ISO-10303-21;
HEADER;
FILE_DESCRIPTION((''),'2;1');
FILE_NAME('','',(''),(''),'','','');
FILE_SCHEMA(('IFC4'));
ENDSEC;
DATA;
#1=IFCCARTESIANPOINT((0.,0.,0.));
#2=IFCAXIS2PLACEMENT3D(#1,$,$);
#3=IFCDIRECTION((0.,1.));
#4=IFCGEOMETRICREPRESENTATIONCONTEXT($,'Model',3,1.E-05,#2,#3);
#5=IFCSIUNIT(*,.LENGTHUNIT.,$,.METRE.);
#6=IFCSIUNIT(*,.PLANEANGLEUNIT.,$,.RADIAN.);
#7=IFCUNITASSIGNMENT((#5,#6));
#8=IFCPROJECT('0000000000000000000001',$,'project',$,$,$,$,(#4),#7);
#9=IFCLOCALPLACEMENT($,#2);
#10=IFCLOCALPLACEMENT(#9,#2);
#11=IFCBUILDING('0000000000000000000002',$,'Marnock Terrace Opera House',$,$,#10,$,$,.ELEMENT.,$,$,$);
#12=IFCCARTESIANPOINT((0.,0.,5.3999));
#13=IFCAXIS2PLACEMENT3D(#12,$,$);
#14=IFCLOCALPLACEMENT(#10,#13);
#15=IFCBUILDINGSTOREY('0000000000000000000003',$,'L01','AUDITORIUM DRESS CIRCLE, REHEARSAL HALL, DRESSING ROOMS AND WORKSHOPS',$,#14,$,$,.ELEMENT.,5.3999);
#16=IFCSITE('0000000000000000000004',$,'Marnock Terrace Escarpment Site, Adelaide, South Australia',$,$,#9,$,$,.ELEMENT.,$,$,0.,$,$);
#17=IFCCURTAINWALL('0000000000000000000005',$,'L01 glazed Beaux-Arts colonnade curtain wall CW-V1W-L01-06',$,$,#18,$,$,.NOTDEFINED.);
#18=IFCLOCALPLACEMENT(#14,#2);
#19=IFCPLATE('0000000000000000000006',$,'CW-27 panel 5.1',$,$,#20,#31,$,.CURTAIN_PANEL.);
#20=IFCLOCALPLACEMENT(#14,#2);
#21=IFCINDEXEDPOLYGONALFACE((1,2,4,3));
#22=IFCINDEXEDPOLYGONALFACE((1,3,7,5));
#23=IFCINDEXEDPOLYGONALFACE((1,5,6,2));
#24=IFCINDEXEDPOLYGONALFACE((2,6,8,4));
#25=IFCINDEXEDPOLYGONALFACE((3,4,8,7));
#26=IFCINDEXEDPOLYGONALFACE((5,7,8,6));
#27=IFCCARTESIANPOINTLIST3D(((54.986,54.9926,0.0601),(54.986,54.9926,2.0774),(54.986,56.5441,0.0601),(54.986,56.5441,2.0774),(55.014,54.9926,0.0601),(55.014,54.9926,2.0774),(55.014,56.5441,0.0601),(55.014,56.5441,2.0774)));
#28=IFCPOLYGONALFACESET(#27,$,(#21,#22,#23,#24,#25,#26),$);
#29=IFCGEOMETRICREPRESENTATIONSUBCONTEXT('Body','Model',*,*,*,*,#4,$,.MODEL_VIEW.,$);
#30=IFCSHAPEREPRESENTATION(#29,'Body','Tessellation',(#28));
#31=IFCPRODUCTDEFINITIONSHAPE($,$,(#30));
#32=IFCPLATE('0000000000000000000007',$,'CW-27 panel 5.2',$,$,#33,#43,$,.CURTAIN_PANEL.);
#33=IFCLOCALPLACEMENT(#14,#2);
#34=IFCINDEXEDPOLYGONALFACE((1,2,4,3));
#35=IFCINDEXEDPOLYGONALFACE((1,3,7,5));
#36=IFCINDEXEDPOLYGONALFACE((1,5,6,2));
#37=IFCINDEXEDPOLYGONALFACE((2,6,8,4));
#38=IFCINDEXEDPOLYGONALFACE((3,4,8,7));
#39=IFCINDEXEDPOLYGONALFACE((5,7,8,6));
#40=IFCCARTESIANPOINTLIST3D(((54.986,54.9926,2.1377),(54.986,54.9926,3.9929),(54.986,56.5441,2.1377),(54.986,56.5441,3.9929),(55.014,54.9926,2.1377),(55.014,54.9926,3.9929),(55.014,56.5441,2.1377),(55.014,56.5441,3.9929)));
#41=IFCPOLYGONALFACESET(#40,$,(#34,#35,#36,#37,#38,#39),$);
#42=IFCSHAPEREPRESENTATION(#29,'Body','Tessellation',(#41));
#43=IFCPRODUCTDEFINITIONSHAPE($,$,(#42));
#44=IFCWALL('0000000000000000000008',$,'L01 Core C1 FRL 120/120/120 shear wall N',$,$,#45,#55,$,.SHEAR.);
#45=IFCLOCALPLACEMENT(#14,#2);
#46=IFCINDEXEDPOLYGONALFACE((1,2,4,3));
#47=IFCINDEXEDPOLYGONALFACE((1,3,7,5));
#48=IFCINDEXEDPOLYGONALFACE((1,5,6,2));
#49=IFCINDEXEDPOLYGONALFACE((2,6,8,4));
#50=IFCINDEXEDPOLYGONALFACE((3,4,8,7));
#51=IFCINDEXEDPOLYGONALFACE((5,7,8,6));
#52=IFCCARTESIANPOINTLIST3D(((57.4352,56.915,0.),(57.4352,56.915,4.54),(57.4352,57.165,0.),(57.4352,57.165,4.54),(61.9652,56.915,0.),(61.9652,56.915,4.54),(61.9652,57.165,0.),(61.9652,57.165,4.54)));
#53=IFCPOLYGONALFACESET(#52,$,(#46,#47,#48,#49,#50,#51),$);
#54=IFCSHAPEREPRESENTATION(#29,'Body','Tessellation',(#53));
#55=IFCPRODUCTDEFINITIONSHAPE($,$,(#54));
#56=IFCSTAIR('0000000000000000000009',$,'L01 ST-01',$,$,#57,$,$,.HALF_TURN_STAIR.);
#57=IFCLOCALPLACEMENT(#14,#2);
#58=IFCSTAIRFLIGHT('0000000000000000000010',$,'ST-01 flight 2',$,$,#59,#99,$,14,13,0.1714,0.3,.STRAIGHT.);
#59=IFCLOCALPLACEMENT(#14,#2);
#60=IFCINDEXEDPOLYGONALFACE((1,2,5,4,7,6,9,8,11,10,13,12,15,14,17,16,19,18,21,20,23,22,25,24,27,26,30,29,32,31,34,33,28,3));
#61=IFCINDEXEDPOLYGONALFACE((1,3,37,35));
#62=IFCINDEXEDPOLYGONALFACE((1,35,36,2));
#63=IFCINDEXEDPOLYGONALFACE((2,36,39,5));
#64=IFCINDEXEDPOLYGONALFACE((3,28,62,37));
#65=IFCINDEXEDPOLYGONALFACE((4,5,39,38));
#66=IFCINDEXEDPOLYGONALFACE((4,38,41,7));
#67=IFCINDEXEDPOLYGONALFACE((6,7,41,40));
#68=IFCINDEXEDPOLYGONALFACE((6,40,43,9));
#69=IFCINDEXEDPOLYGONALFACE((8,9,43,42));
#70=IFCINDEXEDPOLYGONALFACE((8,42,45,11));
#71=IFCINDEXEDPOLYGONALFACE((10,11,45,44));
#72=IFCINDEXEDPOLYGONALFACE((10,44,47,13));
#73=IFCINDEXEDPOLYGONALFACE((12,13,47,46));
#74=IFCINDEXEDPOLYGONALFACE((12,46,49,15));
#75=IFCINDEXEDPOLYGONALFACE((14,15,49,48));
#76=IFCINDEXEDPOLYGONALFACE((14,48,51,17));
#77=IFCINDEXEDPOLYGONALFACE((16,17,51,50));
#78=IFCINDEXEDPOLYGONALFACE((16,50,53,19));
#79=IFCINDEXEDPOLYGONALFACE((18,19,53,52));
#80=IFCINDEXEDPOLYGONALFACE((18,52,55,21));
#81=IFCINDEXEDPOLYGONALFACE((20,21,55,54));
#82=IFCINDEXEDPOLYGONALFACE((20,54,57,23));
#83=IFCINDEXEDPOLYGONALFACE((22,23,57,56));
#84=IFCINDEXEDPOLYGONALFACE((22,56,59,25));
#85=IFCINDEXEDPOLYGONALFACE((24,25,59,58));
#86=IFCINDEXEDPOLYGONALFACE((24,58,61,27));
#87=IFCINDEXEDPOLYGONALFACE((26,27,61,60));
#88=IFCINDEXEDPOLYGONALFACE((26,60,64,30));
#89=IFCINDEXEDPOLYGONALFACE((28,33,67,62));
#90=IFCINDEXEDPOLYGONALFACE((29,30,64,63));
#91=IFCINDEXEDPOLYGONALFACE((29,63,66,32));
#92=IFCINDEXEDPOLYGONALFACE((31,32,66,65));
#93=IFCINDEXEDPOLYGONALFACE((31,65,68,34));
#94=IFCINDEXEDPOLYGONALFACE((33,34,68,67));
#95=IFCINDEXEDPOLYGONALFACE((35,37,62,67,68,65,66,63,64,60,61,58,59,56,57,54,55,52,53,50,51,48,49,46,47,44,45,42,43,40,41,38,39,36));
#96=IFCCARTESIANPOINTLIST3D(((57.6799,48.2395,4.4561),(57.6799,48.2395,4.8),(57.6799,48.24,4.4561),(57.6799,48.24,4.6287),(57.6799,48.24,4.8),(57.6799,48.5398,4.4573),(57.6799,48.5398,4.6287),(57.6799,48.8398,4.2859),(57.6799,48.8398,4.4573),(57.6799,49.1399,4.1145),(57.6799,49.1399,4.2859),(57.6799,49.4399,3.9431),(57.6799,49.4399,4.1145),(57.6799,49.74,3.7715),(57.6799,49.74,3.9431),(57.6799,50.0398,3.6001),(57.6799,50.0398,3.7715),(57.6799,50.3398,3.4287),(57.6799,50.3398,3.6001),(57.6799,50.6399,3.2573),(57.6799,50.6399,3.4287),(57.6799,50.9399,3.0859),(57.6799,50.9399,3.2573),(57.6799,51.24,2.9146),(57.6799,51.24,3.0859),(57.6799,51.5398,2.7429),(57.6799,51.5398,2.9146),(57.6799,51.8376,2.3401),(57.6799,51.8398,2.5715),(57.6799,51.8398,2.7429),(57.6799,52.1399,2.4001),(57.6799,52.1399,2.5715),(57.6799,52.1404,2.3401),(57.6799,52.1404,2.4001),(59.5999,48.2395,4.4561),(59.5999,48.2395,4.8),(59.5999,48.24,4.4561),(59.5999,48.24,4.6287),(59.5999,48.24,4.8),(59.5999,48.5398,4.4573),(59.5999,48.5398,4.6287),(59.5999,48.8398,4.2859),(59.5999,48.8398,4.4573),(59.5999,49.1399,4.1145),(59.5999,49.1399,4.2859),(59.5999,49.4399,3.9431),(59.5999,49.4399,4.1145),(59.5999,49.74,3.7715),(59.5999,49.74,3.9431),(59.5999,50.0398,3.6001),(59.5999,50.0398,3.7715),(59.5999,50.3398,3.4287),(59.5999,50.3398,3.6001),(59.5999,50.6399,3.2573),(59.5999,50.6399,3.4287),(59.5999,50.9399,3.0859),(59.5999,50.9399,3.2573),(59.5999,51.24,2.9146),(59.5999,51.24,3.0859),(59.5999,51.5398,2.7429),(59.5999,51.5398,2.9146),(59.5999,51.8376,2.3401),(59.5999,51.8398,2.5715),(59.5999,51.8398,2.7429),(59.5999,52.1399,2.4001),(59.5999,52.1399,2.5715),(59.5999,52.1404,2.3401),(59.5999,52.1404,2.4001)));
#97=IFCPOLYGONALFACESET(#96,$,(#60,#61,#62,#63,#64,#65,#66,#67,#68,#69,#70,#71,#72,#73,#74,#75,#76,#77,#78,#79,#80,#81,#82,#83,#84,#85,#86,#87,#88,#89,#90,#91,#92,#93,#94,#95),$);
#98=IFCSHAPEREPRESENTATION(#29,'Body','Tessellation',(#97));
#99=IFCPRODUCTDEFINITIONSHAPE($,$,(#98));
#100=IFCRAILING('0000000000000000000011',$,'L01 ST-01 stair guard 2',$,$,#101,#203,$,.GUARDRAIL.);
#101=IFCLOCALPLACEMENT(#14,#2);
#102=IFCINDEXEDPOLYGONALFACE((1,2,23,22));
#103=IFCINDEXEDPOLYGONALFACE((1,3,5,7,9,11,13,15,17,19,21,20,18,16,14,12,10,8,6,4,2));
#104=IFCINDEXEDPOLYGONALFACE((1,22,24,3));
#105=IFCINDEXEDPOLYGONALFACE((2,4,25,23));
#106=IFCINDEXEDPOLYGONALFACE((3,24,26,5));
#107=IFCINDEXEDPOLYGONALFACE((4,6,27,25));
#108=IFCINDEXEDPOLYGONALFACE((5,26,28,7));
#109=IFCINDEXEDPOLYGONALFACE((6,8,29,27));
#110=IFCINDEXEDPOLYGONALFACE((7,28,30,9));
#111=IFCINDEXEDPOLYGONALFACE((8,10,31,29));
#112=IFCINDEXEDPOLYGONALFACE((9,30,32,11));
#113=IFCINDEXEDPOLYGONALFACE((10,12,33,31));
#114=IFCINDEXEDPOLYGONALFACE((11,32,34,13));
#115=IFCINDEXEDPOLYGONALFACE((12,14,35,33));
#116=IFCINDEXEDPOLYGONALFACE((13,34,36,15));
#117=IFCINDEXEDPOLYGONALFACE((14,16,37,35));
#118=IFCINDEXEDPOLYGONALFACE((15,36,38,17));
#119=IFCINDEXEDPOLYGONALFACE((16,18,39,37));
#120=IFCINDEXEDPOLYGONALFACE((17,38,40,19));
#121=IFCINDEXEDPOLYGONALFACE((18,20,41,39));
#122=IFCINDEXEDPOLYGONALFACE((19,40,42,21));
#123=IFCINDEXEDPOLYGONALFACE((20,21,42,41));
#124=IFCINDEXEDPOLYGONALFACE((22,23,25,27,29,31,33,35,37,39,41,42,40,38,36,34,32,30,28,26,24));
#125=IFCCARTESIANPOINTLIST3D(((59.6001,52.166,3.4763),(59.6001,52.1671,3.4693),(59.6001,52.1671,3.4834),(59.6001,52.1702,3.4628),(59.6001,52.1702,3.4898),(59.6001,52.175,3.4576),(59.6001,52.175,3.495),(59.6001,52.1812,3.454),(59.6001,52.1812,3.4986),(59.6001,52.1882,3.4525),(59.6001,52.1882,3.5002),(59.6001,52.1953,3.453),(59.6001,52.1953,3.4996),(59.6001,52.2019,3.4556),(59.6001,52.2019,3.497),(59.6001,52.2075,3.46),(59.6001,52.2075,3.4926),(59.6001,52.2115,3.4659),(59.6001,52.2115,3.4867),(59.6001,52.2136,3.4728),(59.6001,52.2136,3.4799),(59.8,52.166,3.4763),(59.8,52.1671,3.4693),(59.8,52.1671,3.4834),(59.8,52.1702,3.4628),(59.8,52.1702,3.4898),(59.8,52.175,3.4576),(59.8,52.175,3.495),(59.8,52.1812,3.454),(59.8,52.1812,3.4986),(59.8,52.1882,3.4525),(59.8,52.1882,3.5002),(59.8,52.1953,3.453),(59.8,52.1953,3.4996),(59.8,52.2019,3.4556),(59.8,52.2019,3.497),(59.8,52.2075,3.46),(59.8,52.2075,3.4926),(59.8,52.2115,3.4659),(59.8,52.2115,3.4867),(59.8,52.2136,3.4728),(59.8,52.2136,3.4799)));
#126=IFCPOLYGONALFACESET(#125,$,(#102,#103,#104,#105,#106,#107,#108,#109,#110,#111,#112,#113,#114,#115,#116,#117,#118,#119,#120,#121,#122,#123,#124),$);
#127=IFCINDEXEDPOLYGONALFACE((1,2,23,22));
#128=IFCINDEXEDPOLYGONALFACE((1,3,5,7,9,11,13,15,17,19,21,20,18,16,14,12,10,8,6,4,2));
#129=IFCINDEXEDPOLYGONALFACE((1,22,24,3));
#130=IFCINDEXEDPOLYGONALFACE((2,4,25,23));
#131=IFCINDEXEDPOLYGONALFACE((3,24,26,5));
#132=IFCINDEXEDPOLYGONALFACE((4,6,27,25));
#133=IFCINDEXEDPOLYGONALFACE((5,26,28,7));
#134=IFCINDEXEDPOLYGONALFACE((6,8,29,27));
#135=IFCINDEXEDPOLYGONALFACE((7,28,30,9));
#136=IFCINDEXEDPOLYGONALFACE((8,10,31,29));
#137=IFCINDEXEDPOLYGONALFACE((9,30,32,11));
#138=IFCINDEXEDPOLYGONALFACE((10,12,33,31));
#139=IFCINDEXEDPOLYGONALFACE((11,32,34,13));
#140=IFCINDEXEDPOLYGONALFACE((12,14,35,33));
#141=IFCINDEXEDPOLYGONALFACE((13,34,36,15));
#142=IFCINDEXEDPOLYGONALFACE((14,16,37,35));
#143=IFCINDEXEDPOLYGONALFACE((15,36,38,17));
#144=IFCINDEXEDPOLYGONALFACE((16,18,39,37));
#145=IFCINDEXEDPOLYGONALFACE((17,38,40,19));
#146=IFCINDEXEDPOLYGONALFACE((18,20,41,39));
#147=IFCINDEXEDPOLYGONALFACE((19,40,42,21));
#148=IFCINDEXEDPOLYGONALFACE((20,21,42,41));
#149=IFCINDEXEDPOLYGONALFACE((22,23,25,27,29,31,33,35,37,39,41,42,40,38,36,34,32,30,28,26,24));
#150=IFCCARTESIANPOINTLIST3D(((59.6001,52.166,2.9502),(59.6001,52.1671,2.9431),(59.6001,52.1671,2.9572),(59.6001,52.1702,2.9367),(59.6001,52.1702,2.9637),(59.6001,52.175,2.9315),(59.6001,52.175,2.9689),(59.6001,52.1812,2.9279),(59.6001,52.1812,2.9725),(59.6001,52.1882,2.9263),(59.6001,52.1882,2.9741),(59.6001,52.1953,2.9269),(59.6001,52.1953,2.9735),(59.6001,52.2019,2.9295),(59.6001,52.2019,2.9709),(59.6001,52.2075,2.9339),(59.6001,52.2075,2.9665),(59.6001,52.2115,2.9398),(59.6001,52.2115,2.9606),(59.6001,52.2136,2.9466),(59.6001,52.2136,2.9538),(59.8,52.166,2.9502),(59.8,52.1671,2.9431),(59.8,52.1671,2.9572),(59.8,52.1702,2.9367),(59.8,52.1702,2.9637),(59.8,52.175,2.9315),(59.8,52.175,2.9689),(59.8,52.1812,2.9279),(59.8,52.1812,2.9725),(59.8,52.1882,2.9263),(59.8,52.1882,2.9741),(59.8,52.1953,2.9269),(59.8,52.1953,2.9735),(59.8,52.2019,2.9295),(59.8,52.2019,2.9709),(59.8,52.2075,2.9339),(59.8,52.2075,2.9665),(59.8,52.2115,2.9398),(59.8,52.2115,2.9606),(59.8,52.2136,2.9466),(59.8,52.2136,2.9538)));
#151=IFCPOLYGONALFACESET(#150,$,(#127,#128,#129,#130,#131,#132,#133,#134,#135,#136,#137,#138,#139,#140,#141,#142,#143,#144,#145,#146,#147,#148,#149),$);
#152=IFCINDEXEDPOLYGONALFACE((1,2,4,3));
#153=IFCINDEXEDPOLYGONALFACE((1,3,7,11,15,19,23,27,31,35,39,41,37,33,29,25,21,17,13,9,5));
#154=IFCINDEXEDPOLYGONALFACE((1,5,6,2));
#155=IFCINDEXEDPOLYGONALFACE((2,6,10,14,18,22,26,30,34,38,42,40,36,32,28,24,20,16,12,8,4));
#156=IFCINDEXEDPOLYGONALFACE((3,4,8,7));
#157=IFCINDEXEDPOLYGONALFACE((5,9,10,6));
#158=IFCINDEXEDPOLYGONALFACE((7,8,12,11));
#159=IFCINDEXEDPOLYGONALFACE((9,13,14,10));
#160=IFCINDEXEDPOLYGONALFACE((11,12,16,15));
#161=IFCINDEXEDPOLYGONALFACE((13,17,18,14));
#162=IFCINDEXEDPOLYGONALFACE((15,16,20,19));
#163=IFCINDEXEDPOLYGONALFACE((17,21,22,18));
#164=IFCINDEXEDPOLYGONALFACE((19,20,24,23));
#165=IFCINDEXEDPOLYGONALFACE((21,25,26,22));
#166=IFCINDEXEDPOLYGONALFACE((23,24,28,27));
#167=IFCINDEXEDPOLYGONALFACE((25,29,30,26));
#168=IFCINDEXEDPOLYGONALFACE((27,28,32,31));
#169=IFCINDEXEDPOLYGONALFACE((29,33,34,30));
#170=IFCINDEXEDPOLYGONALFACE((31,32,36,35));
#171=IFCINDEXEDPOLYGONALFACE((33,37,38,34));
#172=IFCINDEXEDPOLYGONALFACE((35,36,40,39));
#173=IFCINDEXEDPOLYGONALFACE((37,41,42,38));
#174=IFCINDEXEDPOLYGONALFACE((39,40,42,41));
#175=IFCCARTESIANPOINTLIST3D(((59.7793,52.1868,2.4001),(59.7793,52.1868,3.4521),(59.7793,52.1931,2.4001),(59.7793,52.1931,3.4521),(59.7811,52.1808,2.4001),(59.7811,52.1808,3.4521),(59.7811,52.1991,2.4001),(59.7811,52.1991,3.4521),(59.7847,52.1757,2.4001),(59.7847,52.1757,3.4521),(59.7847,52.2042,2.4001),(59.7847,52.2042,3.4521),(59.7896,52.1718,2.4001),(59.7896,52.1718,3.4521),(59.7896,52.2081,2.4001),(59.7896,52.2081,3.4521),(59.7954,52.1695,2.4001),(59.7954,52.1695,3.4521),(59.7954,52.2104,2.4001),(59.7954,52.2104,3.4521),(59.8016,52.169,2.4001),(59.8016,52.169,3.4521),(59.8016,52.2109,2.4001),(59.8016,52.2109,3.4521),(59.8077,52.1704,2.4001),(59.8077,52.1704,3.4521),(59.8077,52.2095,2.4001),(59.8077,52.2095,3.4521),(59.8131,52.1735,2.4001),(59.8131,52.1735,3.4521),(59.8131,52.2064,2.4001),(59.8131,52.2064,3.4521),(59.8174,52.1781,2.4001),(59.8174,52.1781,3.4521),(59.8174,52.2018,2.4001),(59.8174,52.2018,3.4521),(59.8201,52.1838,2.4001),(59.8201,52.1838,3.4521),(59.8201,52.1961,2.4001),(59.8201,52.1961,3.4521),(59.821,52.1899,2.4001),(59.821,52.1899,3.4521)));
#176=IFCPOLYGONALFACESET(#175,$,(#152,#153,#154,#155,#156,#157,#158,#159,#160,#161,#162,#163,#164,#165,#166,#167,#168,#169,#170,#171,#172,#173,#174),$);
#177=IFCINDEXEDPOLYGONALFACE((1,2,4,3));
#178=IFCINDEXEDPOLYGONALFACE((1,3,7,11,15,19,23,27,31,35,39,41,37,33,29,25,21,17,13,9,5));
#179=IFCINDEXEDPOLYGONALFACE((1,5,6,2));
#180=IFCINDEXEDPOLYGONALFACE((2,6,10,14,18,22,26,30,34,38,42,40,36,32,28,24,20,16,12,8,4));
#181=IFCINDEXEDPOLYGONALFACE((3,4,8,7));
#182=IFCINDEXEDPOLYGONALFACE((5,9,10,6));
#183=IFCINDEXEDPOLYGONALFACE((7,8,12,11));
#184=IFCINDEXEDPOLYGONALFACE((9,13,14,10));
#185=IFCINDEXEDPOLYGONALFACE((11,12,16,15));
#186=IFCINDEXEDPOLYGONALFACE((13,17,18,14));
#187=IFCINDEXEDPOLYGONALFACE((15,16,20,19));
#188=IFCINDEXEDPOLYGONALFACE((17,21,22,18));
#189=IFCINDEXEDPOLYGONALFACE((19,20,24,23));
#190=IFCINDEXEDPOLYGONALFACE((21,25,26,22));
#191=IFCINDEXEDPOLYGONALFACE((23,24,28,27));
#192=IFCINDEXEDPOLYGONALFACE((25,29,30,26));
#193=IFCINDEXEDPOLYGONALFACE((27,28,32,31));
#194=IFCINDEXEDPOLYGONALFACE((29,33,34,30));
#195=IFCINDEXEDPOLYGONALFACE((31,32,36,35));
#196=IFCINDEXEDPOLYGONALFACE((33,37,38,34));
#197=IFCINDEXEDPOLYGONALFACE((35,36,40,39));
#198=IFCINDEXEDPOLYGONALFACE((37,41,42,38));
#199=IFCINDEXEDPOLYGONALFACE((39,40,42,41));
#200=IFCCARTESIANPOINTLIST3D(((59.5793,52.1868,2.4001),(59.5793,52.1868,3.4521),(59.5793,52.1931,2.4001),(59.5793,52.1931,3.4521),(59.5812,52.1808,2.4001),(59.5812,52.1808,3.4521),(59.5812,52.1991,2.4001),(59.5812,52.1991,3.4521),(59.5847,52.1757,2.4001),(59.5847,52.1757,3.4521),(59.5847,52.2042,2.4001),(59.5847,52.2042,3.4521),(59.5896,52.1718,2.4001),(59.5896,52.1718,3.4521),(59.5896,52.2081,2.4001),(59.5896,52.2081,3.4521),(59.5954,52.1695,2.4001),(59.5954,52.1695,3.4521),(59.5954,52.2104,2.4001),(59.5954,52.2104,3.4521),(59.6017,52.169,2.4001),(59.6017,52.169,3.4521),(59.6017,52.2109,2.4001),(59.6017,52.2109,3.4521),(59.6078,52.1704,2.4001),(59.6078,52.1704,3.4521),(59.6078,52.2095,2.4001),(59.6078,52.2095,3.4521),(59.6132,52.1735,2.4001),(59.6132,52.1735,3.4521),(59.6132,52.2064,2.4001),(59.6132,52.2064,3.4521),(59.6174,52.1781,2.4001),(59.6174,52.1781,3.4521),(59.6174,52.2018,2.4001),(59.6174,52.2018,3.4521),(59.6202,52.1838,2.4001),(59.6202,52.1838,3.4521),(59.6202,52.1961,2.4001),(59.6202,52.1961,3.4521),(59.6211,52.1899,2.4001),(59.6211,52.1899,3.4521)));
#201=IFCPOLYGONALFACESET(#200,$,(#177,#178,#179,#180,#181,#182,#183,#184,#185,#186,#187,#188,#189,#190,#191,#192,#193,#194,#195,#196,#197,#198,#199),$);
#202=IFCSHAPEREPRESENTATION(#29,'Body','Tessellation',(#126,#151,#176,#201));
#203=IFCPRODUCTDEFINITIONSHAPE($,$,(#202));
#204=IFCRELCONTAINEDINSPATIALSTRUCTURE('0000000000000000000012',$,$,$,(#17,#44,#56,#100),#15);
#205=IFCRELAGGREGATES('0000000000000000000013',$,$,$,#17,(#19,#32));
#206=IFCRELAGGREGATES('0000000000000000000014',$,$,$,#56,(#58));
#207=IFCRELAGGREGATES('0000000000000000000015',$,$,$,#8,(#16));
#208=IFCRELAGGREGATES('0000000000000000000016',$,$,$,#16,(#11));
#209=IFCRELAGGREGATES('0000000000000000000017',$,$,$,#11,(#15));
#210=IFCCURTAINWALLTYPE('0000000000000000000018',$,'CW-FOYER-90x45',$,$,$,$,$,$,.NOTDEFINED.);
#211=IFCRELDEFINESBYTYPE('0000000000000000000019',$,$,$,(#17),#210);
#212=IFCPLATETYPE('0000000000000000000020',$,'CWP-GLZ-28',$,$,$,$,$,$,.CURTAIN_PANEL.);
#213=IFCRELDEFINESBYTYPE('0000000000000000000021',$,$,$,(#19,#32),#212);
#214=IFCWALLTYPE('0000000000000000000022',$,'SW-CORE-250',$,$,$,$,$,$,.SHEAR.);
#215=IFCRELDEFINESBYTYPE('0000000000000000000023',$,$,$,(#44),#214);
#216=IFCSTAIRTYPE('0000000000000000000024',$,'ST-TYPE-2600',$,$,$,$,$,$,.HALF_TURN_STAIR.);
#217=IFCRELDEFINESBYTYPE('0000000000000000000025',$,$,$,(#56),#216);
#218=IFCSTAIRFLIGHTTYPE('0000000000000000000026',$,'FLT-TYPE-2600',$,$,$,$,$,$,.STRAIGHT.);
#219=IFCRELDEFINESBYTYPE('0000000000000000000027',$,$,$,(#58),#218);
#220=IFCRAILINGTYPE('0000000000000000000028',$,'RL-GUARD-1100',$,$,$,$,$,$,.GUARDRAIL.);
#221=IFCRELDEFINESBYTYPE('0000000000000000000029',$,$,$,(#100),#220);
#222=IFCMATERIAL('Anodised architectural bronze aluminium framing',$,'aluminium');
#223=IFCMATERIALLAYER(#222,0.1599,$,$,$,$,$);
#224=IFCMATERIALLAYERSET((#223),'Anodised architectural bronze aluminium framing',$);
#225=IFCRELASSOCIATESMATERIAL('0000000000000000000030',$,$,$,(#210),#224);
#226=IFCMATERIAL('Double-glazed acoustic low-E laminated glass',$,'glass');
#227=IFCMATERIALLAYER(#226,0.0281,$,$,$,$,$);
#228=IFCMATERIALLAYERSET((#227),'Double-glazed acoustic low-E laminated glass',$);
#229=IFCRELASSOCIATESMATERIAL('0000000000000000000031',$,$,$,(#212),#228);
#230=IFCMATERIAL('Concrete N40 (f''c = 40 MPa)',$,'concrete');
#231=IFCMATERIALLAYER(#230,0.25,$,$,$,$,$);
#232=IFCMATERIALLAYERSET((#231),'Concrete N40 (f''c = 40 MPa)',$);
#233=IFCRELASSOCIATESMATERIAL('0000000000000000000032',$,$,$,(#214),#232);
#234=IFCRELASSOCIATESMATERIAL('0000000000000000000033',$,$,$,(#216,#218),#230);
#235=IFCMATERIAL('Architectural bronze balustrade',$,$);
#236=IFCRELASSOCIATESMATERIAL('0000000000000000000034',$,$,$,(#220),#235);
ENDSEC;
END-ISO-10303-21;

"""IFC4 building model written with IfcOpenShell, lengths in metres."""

from ifc_helpers import new_model, si_unit, direction, frame, frame_2d, origin, origin_2d, place, context, subcontext, project, spatial, polyline, rectangle, circle, outline, extrude, material, layer, layer_set, type_object, element, aggregate, save


model = new_model("IFC4")

# Units and contexts
model_context = context("Model", 3, precision=1e-05, world=origin(), true_north=direction((0.0, 1.0)))
body_context = subcontext(model_context, "Body", "Model", "MODEL_VIEW")
ifc_project = project(units=[si_unit("LENGTHUNIT", "METRE"), si_unit("PLANEANGLEUNIT", "RADIAN")], contexts=[model_context])

# Site, building, storey
site_placement = place(None, origin())
site = spatial("IfcSite", under=ifc_project, at=site_placement, Name="Marnock Terrace Escarpment Site, Adelaide, South Australia", CompositionType="ELEMENT", RefElevation=0.0)
building_placement = place(site_placement, origin())
building = spatial("IfcBuilding", under=site, at=building_placement, Name="Marnock Terrace Opera House", CompositionType="ELEMENT")
storey_placement = place(building_placement, frame((0.0, 0.0, 5.3999)))
storey = spatial("IfcBuildingStorey", under=building, at=storey_placement, Name="L01", Description="AUDITORIUM DRESS CIRCLE, REHEARSAL HALL, DRESSING ROOMS AND WORKSHOPS", CompositionType="ELEMENT", Elevation=5.3999)

# Curtain wall, plates
ifc_material_1 = material(Name="Anodised architectural bronze aluminium framing", Category="aluminium")
ifc_layer_1 = layer(ifc_material_1, 0.1599)
ifc_layer_set_1 = layer_set([ifc_layer_1], Name="Anodised architectural bronze aluminium framing")
curtain_wall_type = type_object("IfcCurtainWallType", Name="CW-FOYER-90x45", PredefinedType="NOTDEFINED", material=ifc_layer_set_1)
curtain_wall_placement = place(storey_placement, origin())
curtain_wall = element("IfcCurtainWall", 1, at=curtain_wall_placement, inside=storey, type_object=curtain_wall_type, Name="L01 glazed Beaux-Arts colonnade curtain wall CW-V1W-L01-06", PredefinedType="NOTDEFINED")
ifc_material_2 = material(Name="Double-glazed acoustic low-E laminated glass", Category="glass")
ifc_layer_2 = layer(ifc_material_2, 0.0281)
ifc_layer_set_2 = layer_set([ifc_layer_2], Name="Double-glazed acoustic low-E laminated glass")
plate_type = type_object("IfcPlateType", Name="CWP-GLZ-28", PredefinedType="CURTAIN_PANEL", material=ifc_layer_set_2)
plate_1_placement = place(storey_placement, frame((55.0, 55.7683, 0.0601), z_axis=(0.0, 0.0, 1.0), x_axis=(0.0, 1.0, 0.0)))
plate_1 = element("IfcPlate", 2, at=plate_1_placement, type_object=plate_type, Name="CW-27 panel 5.1", PredefinedType="CURTAIN_PANEL", context=body_context, shape_type="SweptSolid", body=[
    extrude(rectangle(XDim=1.5515, YDim=0.0281, at=origin_2d()), origin(), (0.0, 0.0, 1.0), 2.0173),
])
plate_2_placement = place(storey_placement, frame((55.0, 55.7683, 2.1377), z_axis=(0.0, 0.0, 1.0), x_axis=(0.0, 1.0, 0.0)))
plate_2 = element("IfcPlate", 3, at=plate_2_placement, type_object=plate_type, Name="CW-27 panel 5.2", PredefinedType="CURTAIN_PANEL", context=body_context, shape_type="SweptSolid", body=[
    extrude(rectangle(XDim=1.5515, YDim=0.0281, at=origin_2d()), origin(), (0.0, 0.0, 1.0), 1.8552),
])
aggregate(curtain_wall, [plate_1, plate_2])

# Wall
ifc_material_3 = material(Name="Concrete N40 (f'c = 40 MPa)", Category="concrete")
ifc_layer_3 = layer(ifc_material_3, 0.25)
ifc_layer_set_3 = layer_set([ifc_layer_3], Name="Concrete N40 (f'c = 40 MPa)")
wall_type = type_object("IfcWallType", Name="SW-CORE-250", PredefinedType="SHEAR", material=ifc_layer_set_3)
wall_placement = place(storey_placement, frame((57.4351, 57.04, 0.0), z_axis=(0.0, 0.0, 1.0), x_axis=(1.0, 0.0, 0.0)))
element("IfcWall", 4, at=wall_placement, inside=storey, type_object=wall_type, Name="L01 Core C1 FRL 120/120/120 shear wall N", PredefinedType="SHEAR", context=body_context, shape_type="SweptSolid", body=[
    extrude(rectangle(XDim=4.53, YDim=0.25, at=frame_2d((2.2651, 0.0))), origin(), (0.0, 0.0, 1.0), 4.54),
])

# Stair, stair flight
stair_type = type_object("IfcStairType", Name="ST-TYPE-2600", PredefinedType="HALF_TURN_STAIR", material=ifc_material_3)
stair_placement = place(storey_placement, origin())
stair = element("IfcStair", 5, at=stair_placement, inside=storey, type_object=stair_type, Name="L01 ST-01", PredefinedType="HALF_TURN_STAIR")
stair_flight_type = type_object("IfcStairFlightType", Name="FLT-TYPE-2600", PredefinedType="STRAIGHT", material=ifc_material_3)
stair_flight_placement = place(storey_placement, frame((58.6399, 52.1399, 2.4001), z_axis=(0.0, 0.0, 1.0), x_axis=(0.0, -1.0, 0.0)))
stair_flight = element("IfcStairFlight", 6, at=stair_flight_placement, type_object=stair_flight_type, Name="ST-01 flight 2", NumberOfRisers=14, NumberOfTreads=13, PredefinedType="STRAIGHT", RiserHeight=0.1714, TreadLength=0.3, context=body_context, shape_type="SweptSolid", body=[
    extrude(outline(polyline([(-0.0005, -0.0601), (-0.0005, 0.0), (0.0, 0.0), (0.0, 0.1714), (0.3, 0.1714), (0.3, 0.3428), (0.6001, 0.3428), (0.6001, 0.5144), (0.8999, 0.5144), (0.8999, 0.6858), (1.2, 0.6858), (1.2, 0.8572), (1.5, 0.8572), (1.5, 1.0286), (1.8, 1.0286), (1.8, 1.2), (2.1001, 1.2), (2.1001, 1.3713), (2.3999, 1.3713), (2.3999, 1.543), (2.7, 1.543), (2.7, 1.7144), (3.0, 1.7144), (3.0, 1.8857), (3.3, 1.8857), (3.3, 2.0571), (3.6001, 2.0571), (3.6001, 2.2285), (3.8999, 2.2285), (3.8999, 2.3999), (3.9004, 2.3999), (3.9004, 2.0559), (3.8999, 2.0559), (0.3022, -0.0601), (-0.0005, -0.0601)])), frame((0.0, 0.96, 0.0), z_axis=(0.0, -1.0, 0.0), x_axis=(1.0, 0.0, 0.0)), (0.0, 0.0, 1.0), 1.9199),
])
aggregate(stair, [stair_flight])

# Railing
ifc_material_4 = material(Name="Architectural bronze balustrade")
railing_type_1 = type_object("IfcRailingType", Name="RL-GUARD-1100", PredefinedType="GUARDRAIL", material=ifc_material_4)
railing_1_placement = place(storey_placement, frame((59.8, 52.1899, 2.4001)))
element("IfcRailing", 7, at=railing_1_placement, inside=storey, type_object=railing_type_1, Name="L01 ST-01 stair guard 2", PredefinedType="GUARDRAIL", context=body_context, shape_type="SweptSolid", body=[
    extrude(circle(Radius=0.0239, at=origin_2d()), frame((0.0, 0.0, 1.0762), z_axis=(-1.0, 0.0, 0.0), x_axis=(0.0, -1.0, 0.0)), (0.0, 0.0, 1.0), 0.2),
    extrude(circle(Radius=0.0239, at=origin_2d()), frame((0.0, 0.0, 0.55), z_axis=(-1.0, 0.0, 0.0), x_axis=(0.0, -1.0, 0.0)), (0.0, 0.0, 1.0), 0.2),
    extrude(circle(Radius=0.021, at=origin_2d()), origin(), (0.0, 0.0, 1.0), 1.052),
    extrude(circle(Radius=0.021, at=origin_2d()), frame((-0.2, 0.0, 0.0)), (0.0, 0.0, 1.0), 1.052),
])

save(model, "model.ifc")
